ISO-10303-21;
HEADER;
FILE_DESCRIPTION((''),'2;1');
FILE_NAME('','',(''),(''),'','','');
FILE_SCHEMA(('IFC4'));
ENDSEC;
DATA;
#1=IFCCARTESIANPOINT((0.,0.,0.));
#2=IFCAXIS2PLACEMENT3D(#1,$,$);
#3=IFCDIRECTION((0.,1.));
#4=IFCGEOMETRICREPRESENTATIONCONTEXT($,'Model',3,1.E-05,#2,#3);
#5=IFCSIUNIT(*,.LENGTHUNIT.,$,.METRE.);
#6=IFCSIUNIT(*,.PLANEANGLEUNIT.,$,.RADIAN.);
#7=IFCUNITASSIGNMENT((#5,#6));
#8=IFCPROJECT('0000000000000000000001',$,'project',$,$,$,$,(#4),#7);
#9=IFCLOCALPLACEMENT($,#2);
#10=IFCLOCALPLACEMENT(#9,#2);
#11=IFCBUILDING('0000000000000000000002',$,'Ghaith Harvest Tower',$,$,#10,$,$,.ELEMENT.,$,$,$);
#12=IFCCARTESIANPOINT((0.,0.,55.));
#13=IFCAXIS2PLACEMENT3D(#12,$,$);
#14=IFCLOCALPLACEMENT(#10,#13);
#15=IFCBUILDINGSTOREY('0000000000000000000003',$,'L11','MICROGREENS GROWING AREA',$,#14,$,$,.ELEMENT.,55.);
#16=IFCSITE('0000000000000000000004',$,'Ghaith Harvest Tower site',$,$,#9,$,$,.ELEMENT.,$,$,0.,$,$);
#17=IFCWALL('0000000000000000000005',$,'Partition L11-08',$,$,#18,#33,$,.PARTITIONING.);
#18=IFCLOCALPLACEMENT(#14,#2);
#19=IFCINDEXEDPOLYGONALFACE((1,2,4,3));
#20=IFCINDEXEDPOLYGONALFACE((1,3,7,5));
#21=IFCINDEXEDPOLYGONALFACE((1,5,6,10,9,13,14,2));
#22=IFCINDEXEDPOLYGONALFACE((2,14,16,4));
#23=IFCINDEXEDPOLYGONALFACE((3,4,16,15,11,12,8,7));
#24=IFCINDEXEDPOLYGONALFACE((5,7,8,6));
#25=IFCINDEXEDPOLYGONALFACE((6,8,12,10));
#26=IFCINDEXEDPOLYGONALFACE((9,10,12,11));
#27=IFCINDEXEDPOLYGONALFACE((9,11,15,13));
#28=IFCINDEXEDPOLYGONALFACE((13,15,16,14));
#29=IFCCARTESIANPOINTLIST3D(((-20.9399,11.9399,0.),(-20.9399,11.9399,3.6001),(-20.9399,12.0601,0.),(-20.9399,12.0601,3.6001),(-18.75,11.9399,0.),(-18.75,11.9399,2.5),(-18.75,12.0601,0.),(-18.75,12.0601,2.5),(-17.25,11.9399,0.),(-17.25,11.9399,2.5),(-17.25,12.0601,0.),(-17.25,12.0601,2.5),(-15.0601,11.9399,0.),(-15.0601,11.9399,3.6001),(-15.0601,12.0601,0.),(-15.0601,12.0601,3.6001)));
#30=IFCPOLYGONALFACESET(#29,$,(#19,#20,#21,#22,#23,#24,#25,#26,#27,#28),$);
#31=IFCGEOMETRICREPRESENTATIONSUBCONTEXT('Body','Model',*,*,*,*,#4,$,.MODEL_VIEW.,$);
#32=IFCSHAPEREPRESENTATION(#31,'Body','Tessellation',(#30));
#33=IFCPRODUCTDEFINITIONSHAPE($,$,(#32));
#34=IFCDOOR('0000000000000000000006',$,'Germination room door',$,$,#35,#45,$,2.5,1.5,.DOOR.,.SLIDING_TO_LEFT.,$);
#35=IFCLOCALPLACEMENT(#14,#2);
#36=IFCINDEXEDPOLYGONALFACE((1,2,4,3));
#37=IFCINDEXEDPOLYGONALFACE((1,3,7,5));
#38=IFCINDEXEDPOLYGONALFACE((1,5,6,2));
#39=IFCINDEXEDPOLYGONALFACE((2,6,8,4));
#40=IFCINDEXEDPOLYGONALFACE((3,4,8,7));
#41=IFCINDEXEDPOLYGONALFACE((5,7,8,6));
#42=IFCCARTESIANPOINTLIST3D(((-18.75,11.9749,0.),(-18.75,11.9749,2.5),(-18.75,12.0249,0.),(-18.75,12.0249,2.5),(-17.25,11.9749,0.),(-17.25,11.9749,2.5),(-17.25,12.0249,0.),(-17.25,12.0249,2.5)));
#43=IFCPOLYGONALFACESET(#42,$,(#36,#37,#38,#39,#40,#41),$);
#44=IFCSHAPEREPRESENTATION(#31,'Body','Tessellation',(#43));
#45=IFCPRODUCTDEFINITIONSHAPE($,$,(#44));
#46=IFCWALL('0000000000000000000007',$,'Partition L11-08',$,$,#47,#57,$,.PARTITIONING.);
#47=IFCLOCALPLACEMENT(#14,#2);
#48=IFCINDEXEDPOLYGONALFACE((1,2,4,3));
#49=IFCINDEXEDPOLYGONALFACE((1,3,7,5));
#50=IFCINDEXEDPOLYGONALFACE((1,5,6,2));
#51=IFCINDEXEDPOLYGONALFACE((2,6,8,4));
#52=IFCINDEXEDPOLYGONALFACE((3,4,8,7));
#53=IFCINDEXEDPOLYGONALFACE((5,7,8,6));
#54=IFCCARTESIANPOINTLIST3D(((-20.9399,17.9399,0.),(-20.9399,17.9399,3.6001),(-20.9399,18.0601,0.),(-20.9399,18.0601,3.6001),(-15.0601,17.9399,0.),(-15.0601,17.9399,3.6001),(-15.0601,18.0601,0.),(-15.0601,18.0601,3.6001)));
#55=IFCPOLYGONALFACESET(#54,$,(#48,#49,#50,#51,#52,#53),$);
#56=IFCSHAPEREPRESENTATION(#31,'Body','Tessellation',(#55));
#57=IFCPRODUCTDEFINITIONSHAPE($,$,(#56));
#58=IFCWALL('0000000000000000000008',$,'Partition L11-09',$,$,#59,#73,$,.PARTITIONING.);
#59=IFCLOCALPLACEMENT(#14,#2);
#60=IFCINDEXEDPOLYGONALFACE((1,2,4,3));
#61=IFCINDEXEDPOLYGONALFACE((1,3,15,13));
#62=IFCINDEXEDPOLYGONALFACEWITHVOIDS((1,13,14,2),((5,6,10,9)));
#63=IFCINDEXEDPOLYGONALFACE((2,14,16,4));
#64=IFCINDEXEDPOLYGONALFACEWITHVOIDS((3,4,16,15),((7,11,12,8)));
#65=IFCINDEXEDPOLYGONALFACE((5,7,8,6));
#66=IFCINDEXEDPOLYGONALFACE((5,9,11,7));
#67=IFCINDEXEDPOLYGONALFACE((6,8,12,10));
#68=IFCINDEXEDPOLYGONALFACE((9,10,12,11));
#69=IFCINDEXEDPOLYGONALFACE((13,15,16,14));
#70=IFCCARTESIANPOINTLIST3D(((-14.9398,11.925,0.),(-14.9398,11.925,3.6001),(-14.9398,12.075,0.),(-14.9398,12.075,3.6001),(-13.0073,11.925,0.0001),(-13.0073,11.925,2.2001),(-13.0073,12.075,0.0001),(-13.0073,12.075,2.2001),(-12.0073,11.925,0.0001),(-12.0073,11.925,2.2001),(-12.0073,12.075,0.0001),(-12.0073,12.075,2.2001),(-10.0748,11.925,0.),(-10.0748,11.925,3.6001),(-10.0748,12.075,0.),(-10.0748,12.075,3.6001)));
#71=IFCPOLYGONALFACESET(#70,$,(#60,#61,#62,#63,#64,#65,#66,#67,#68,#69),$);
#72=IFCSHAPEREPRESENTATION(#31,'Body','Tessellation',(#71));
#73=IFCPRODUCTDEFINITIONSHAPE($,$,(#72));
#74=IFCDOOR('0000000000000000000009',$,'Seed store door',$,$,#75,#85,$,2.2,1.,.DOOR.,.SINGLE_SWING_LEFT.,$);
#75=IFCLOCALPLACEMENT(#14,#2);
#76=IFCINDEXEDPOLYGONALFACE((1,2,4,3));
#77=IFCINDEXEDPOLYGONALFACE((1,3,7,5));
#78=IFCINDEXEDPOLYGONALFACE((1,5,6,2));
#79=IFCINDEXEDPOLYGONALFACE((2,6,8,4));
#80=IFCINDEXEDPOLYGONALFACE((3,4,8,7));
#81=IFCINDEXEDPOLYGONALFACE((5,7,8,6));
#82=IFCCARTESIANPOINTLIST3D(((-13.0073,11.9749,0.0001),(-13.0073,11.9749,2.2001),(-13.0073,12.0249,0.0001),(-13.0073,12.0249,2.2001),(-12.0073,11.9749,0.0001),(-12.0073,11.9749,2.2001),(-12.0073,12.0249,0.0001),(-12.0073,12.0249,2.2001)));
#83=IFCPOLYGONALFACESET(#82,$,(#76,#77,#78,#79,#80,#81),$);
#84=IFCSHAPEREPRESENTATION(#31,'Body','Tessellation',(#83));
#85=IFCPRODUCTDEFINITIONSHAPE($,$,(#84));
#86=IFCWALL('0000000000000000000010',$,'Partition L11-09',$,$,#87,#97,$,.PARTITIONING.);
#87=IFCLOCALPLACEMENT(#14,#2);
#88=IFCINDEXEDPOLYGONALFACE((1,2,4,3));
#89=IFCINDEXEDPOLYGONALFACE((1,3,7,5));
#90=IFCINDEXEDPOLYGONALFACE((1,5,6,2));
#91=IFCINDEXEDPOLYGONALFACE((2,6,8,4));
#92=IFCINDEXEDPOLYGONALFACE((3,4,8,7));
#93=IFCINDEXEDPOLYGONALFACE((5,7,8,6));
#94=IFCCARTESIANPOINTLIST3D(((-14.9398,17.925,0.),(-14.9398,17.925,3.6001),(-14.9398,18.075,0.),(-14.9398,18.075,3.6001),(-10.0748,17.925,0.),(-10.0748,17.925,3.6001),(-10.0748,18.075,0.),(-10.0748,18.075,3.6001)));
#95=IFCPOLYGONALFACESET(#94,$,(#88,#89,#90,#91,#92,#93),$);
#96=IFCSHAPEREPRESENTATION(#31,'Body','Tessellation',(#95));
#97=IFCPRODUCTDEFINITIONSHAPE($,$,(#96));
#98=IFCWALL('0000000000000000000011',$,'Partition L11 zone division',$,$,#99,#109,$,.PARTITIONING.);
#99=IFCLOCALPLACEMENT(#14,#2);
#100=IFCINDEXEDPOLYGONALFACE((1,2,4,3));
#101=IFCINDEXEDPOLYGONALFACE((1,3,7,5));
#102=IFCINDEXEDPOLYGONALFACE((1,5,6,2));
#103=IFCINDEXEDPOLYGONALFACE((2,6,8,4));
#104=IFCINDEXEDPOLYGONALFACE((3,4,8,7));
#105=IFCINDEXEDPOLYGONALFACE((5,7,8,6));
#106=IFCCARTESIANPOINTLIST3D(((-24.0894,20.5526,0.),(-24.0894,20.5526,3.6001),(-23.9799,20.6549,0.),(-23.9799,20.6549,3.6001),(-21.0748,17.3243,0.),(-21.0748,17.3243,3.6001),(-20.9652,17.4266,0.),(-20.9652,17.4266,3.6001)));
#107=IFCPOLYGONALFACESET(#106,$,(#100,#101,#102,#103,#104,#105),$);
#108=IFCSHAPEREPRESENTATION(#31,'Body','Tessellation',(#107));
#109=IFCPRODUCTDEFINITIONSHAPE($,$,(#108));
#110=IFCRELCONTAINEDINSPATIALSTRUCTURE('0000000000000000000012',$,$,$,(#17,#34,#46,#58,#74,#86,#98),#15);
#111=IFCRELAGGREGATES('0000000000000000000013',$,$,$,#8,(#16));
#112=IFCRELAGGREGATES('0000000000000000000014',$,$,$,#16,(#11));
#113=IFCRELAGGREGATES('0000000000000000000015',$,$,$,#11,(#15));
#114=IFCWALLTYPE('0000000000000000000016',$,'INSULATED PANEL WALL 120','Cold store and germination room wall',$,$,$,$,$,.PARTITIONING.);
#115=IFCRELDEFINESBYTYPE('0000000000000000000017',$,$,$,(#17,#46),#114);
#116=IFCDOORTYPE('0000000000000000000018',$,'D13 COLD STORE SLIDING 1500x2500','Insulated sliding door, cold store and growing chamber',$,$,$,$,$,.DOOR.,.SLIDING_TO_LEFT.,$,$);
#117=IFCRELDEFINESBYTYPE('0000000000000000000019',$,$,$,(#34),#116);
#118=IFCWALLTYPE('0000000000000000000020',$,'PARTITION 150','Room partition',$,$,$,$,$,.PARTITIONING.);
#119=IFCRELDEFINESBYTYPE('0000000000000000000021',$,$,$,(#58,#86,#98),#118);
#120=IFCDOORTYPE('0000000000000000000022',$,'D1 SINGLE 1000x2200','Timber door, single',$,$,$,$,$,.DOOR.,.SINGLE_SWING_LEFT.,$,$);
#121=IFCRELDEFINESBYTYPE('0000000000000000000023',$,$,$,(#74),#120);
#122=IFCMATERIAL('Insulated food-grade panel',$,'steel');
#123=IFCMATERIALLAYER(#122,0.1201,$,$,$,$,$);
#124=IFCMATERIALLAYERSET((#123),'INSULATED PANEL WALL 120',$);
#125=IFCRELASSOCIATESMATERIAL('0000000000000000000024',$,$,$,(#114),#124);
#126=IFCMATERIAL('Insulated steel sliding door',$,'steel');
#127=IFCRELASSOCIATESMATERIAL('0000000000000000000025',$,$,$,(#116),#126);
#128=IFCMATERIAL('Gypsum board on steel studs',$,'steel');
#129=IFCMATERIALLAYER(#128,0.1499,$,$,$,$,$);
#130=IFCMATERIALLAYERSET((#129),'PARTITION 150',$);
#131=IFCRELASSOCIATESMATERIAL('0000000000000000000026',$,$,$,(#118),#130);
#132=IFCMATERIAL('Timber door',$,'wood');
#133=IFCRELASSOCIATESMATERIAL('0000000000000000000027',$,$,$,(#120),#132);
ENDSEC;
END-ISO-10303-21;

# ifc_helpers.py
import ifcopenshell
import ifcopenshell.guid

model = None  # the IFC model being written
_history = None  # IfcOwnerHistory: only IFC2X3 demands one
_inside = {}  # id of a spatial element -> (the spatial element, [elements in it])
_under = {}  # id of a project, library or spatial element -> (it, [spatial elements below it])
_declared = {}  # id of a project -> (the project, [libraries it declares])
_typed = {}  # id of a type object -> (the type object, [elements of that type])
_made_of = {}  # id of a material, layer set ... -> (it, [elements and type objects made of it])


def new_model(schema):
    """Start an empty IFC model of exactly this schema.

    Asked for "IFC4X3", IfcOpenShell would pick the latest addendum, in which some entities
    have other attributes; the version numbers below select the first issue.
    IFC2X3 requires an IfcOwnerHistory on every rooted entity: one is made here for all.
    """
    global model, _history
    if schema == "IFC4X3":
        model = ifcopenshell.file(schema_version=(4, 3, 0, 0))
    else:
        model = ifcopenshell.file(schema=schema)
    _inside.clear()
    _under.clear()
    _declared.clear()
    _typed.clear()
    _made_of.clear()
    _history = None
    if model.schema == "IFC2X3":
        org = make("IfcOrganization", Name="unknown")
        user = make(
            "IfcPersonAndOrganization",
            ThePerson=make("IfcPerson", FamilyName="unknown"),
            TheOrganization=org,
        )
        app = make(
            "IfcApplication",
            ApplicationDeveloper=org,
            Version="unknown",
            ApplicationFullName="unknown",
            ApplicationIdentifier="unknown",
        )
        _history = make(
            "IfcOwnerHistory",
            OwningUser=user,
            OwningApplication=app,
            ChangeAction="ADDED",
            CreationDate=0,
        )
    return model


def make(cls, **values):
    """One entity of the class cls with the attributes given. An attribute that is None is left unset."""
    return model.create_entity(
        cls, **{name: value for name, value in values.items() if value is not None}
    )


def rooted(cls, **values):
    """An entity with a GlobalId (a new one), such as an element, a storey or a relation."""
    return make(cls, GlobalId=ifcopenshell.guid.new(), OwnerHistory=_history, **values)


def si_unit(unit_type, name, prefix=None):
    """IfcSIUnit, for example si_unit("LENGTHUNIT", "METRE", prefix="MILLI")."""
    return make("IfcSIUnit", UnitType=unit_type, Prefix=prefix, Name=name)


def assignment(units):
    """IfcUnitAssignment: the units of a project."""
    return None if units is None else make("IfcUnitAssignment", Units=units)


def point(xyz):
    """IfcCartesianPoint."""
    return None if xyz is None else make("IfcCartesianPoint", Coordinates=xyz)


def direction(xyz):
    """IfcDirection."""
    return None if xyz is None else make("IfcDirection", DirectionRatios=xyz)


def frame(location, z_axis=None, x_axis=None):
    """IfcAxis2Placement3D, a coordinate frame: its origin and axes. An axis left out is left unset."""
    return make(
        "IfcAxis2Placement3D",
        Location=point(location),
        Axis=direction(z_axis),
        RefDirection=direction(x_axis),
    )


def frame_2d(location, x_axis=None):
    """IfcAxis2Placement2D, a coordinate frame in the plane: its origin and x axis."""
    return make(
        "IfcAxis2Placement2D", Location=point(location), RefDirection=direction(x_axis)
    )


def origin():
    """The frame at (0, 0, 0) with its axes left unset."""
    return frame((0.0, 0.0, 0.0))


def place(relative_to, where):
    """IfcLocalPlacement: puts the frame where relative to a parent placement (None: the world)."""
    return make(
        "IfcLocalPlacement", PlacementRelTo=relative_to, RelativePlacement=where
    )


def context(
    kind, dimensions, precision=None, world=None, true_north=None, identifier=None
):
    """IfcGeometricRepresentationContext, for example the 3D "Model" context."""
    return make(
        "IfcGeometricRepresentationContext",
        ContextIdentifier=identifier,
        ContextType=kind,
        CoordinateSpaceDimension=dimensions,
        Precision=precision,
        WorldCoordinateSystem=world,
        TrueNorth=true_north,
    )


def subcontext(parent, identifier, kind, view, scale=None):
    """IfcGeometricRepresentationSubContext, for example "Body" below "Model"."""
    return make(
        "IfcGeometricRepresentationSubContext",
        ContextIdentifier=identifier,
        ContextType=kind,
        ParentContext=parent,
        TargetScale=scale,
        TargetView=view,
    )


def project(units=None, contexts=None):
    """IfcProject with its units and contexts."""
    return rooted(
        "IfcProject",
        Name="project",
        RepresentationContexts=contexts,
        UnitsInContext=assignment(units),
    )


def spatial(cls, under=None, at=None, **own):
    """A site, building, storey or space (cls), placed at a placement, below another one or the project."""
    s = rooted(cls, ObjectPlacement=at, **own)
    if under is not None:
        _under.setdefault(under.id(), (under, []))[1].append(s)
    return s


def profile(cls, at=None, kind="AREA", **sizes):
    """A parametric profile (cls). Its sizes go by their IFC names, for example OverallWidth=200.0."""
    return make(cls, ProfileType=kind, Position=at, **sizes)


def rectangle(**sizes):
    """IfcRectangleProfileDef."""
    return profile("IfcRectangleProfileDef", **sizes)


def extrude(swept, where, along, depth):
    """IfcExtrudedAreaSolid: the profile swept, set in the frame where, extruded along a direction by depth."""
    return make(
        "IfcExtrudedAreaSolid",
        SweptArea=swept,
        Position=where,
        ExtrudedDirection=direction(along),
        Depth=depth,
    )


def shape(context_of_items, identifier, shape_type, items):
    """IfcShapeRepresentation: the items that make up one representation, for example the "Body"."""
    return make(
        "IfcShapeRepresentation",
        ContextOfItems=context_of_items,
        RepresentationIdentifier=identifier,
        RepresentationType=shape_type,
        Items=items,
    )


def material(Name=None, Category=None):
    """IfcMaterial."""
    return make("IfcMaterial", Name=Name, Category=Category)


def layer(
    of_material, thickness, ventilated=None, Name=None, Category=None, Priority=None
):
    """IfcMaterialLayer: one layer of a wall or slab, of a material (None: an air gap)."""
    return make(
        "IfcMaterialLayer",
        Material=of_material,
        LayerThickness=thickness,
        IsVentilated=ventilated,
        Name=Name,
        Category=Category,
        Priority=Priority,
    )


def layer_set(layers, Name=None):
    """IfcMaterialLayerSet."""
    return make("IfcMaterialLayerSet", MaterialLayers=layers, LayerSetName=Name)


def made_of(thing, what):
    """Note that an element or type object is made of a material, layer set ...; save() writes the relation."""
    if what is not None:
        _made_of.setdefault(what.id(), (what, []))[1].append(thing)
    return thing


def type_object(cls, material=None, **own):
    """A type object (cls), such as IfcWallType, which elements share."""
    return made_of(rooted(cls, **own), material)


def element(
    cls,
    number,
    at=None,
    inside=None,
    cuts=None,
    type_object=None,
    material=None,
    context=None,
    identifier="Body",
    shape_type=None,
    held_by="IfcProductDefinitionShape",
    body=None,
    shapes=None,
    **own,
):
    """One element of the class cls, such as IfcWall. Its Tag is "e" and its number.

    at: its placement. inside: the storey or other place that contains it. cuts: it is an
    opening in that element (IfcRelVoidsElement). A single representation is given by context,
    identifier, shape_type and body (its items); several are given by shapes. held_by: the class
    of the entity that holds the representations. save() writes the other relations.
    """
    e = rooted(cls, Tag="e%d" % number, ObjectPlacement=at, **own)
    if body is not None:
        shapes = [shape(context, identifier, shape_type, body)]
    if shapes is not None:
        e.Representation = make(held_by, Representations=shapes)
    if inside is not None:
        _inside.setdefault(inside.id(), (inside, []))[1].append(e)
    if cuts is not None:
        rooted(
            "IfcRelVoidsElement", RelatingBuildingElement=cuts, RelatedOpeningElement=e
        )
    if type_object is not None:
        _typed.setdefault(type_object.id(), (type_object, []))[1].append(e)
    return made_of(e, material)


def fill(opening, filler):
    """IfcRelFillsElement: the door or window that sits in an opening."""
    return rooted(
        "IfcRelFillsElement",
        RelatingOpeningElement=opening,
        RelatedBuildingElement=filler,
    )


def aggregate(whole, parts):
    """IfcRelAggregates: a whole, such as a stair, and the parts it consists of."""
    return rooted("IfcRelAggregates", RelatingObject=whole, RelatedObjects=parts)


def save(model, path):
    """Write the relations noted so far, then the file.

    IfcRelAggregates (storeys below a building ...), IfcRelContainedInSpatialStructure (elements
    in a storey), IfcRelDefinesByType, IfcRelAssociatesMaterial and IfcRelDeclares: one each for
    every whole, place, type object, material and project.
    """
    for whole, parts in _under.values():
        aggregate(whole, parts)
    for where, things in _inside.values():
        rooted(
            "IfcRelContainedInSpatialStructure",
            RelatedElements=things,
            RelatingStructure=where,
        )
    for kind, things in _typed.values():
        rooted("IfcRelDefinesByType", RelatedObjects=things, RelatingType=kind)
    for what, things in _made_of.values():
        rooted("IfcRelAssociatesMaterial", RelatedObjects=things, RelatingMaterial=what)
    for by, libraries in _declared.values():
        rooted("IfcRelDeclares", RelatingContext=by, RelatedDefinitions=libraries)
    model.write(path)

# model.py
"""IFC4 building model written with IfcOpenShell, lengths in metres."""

from ifc_helpers import new_model, si_unit, direction, frame, frame_2d, origin, place, context, subcontext, project, spatial, rectangle, extrude, material, layer, layer_set, type_object, element, fill, save


model = new_model("IFC4")

# Units and contexts
model_context = context("Model", 3, precision=1e-05, world=origin(), true_north=direction((0.0, 1.0)))
body_context = subcontext(model_context, "Body", "Model", "MODEL_VIEW")
ifc_project = project(units=[si_unit("LENGTHUNIT", "METRE"), si_unit("PLANEANGLEUNIT", "RADIAN")], contexts=[model_context])

# Site, building, storey
site_placement = place(None, origin())
site = spatial("IfcSite", under=ifc_project, at=site_placement, Name="Ghaith Harvest Tower site", CompositionType="ELEMENT", RefElevation=0.0)
building_placement = place(site_placement, origin())
building = spatial("IfcBuilding", under=site, at=building_placement, Name="Ghaith Harvest Tower", CompositionType="ELEMENT")
storey_placement = place(building_placement, frame((0.0, 0.0, 55.0)))
storey = spatial("IfcBuildingStorey", under=building, at=storey_placement, Name="L11", Description="MICROGREENS GROWING AREA", CompositionType="ELEMENT", Elevation=55.0)

# Shared definitions
ifc_material_1 = material(Name="Insulated food-grade panel", Category="steel")
ifc_layer_1 = layer(ifc_material_1, 0.1201)
ifc_layer_set_1 = layer_set([ifc_layer_1], Name="INSULATED PANEL WALL 120")
wall_type_1 = type_object("IfcWallType", Name="INSULATED PANEL WALL 120", Description="Cold store and germination room wall", PredefinedType="PARTITIONING", material=ifc_layer_set_1)

# Wall, opening, door
wall_1_placement = place(storey_placement, frame((-20.9399, 12.0, 0.0), z_axis=(0.0, 0.0, 1.0), x_axis=(1.0, 0.0, 0.0)))
wall_1 = element("IfcWall", 1, at=wall_1_placement, inside=storey, type_object=wall_type_1, Name="Partition L11-08", PredefinedType="PARTITIONING", context=body_context, shape_type="SweptSolid", body=[
    extrude(rectangle(XDim=5.8799, YDim=0.1201, at=frame_2d((2.9399, 0.0))), origin(), (0.0, 0.0, 1.0), 3.6001),
])
opening_1_placement = place(wall_1_placement, frame((2.1899, 0.0, 0.0)))
opening_1 = element("IfcOpeningElement", 2, at=opening_1_placement, cuts=wall_1, PredefinedType="OPENING", context=body_context, shape_type="SweptSolid", body=[
    extrude(rectangle(XDim=1.5, YDim=2.5, at=frame_2d((0.75, 1.25))), frame((0.0, 0.0701, 0.0), z_axis=(0.0, -1.0, 0.0), x_axis=(1.0, 0.0, 0.0)), (0.0, 0.0, 1.0), 0.1401),
])
ifc_material_2 = material(Name="Insulated steel sliding door", Category="steel")
door_type_1 = type_object("IfcDoorType", Name="D13 COLD STORE SLIDING 1500x2500", Description="Insulated sliding door, cold store and growing chamber", OperationType="SLIDING_TO_LEFT", PredefinedType="DOOR", material=ifc_material_2)
door_1_placement = place(opening_1_placement, origin())
door_1 = element("IfcDoor", 3, at=door_1_placement, inside=storey, type_object=door_type_1, Name="Germination room door", OperationType="SLIDING_TO_LEFT", OverallHeight=2.5, OverallWidth=1.5, PredefinedType="DOOR", context=body_context, shape_type="SweptSolid", body=[
    extrude(rectangle(XDim=1.5, YDim=2.5, at=frame_2d((0.75, 1.25))), frame((0.0, 0.0249, 0.0), z_axis=(0.0, -1.0, 0.0), x_axis=(1.0, 0.0, 0.0)), (0.0, 0.0, 1.0), 0.05),
])
fill(opening_1, door_1)

# Wall
wall_2_placement = place(storey_placement, frame((-20.9399, 18.0, 0.0), z_axis=(0.0, 0.0, 1.0), x_axis=(1.0, 0.0, 0.0)))
element("IfcWall", 4, at=wall_2_placement, inside=storey, type_object=wall_type_1, Name="Partition L11-08", PredefinedType="PARTITIONING", context=body_context, shape_type="SweptSolid", body=[
    extrude(rectangle(XDim=5.8799, YDim=0.1201, at=frame_2d((2.9399, 0.0))), origin(), (0.0, 0.0, 1.0), 3.6001),
])

# Wall, opening, door
ifc_material_3 = material(Name="Gypsum board on steel studs", Category="steel")
ifc_layer_2 = layer(ifc_material_3, 0.1499)
ifc_layer_set_2 = layer_set([ifc_layer_2], Name="PARTITION 150")
wall_type_2 = type_object("IfcWallType", Name="PARTITION 150", Description="Room partition", PredefinedType="PARTITIONING", material=ifc_layer_set_2)
wall_3_placement = place(storey_placement, frame((-14.9399, 12.0, 0.0), z_axis=(0.0, 0.0, 1.0), x_axis=(1.0, 0.0, 0.0)))
wall_3 = element("IfcWall", 5, at=wall_3_placement, inside=storey, type_object=wall_type_2, Name="Partition L11-09", PredefinedType="PARTITIONING", context=body_context, shape_type="SweptSolid", body=[
    extrude(rectangle(XDim=4.865, YDim=0.1499, at=frame_2d((2.4326, 0.0))), origin(), (0.0, 0.0, 1.0), 3.6001),
])
opening_2_placement = place(wall_3_placement, frame((1.9326, 0.0, 0.0)))
opening_2 = element("IfcOpeningElement", 6, at=opening_2_placement, cuts=wall_3, PredefinedType="OPENING", context=body_context, shape_type="SweptSolid", body=[
    extrude(rectangle(XDim=1.0, YDim=2.2, at=frame_2d((0.5, 1.1001))), frame((0.0, 0.085, 0.0), z_axis=(0.0, -1.0, 0.0), x_axis=(1.0, 0.0, 0.0)), (0.0, 0.0, 1.0), 0.1699),
])
ifc_material_4 = material(Name="Timber door", Category="wood")
door_type_2 = type_object("IfcDoorType", Name="D1 SINGLE 1000x2200", Description="Timber door, single", OperationType="SINGLE_SWING_LEFT", PredefinedType="DOOR", material=ifc_material_4)
door_2_placement = place(opening_2_placement, origin())
door_2 = element("IfcDoor", 7, at=door_2_placement, inside=storey, type_object=door_type_2, Name="Seed store door", OperationType="SINGLE_SWING_LEFT", OverallHeight=2.2, OverallWidth=1.0, PredefinedType="DOOR", context=body_context, shape_type="SweptSolid", body=[
    extrude(rectangle(XDim=1.0, YDim=2.2, at=frame_2d((0.5, 1.1001))), frame((0.0, 0.0249, 0.0), z_axis=(0.0, -1.0, 0.0), x_axis=(1.0, 0.0, 0.0)), (0.0, 0.0, 1.0), 0.05),
])
fill(opening_2, door_2)

# Walls
wall_4_placement = place(storey_placement, frame((-14.9399, 18.0, 0.0), z_axis=(0.0, 0.0, 1.0), x_axis=(1.0, 0.0, 0.0)))
element("IfcWall", 8, at=wall_4_placement, inside=storey, type_object=wall_type_2, Name="Partition L11-09", PredefinedType="PARTITIONING", context=body_context, shape_type="SweptSolid", body=[
    extrude(rectangle(XDim=4.865, YDim=0.1499, at=frame_2d((2.4326, 0.0))), origin(), (0.0, 0.0, 1.0), 3.6001),
])
wall_5_placement = place(storey_placement, frame((-21.02, 17.3755, 0.0), z_axis=(0.0, 0.0, 1.0), x_axis=(-0.682511, 0.730875, 0.0)))
element("IfcWall", 9, at=wall_5_placement, inside=storey, type_object=wall_type_2, Name="Partition L11 zone division", PredefinedType="PARTITIONING", context=body_context, shape_type="SweptSolid", body=[
    extrude(rectangle(XDim=4.417, YDim=0.1499, at=frame_2d((2.2085, 0.0))), origin(), (0.0, 0.0, 1.0), 3.6001),
])

save(model, "model.ifc")
